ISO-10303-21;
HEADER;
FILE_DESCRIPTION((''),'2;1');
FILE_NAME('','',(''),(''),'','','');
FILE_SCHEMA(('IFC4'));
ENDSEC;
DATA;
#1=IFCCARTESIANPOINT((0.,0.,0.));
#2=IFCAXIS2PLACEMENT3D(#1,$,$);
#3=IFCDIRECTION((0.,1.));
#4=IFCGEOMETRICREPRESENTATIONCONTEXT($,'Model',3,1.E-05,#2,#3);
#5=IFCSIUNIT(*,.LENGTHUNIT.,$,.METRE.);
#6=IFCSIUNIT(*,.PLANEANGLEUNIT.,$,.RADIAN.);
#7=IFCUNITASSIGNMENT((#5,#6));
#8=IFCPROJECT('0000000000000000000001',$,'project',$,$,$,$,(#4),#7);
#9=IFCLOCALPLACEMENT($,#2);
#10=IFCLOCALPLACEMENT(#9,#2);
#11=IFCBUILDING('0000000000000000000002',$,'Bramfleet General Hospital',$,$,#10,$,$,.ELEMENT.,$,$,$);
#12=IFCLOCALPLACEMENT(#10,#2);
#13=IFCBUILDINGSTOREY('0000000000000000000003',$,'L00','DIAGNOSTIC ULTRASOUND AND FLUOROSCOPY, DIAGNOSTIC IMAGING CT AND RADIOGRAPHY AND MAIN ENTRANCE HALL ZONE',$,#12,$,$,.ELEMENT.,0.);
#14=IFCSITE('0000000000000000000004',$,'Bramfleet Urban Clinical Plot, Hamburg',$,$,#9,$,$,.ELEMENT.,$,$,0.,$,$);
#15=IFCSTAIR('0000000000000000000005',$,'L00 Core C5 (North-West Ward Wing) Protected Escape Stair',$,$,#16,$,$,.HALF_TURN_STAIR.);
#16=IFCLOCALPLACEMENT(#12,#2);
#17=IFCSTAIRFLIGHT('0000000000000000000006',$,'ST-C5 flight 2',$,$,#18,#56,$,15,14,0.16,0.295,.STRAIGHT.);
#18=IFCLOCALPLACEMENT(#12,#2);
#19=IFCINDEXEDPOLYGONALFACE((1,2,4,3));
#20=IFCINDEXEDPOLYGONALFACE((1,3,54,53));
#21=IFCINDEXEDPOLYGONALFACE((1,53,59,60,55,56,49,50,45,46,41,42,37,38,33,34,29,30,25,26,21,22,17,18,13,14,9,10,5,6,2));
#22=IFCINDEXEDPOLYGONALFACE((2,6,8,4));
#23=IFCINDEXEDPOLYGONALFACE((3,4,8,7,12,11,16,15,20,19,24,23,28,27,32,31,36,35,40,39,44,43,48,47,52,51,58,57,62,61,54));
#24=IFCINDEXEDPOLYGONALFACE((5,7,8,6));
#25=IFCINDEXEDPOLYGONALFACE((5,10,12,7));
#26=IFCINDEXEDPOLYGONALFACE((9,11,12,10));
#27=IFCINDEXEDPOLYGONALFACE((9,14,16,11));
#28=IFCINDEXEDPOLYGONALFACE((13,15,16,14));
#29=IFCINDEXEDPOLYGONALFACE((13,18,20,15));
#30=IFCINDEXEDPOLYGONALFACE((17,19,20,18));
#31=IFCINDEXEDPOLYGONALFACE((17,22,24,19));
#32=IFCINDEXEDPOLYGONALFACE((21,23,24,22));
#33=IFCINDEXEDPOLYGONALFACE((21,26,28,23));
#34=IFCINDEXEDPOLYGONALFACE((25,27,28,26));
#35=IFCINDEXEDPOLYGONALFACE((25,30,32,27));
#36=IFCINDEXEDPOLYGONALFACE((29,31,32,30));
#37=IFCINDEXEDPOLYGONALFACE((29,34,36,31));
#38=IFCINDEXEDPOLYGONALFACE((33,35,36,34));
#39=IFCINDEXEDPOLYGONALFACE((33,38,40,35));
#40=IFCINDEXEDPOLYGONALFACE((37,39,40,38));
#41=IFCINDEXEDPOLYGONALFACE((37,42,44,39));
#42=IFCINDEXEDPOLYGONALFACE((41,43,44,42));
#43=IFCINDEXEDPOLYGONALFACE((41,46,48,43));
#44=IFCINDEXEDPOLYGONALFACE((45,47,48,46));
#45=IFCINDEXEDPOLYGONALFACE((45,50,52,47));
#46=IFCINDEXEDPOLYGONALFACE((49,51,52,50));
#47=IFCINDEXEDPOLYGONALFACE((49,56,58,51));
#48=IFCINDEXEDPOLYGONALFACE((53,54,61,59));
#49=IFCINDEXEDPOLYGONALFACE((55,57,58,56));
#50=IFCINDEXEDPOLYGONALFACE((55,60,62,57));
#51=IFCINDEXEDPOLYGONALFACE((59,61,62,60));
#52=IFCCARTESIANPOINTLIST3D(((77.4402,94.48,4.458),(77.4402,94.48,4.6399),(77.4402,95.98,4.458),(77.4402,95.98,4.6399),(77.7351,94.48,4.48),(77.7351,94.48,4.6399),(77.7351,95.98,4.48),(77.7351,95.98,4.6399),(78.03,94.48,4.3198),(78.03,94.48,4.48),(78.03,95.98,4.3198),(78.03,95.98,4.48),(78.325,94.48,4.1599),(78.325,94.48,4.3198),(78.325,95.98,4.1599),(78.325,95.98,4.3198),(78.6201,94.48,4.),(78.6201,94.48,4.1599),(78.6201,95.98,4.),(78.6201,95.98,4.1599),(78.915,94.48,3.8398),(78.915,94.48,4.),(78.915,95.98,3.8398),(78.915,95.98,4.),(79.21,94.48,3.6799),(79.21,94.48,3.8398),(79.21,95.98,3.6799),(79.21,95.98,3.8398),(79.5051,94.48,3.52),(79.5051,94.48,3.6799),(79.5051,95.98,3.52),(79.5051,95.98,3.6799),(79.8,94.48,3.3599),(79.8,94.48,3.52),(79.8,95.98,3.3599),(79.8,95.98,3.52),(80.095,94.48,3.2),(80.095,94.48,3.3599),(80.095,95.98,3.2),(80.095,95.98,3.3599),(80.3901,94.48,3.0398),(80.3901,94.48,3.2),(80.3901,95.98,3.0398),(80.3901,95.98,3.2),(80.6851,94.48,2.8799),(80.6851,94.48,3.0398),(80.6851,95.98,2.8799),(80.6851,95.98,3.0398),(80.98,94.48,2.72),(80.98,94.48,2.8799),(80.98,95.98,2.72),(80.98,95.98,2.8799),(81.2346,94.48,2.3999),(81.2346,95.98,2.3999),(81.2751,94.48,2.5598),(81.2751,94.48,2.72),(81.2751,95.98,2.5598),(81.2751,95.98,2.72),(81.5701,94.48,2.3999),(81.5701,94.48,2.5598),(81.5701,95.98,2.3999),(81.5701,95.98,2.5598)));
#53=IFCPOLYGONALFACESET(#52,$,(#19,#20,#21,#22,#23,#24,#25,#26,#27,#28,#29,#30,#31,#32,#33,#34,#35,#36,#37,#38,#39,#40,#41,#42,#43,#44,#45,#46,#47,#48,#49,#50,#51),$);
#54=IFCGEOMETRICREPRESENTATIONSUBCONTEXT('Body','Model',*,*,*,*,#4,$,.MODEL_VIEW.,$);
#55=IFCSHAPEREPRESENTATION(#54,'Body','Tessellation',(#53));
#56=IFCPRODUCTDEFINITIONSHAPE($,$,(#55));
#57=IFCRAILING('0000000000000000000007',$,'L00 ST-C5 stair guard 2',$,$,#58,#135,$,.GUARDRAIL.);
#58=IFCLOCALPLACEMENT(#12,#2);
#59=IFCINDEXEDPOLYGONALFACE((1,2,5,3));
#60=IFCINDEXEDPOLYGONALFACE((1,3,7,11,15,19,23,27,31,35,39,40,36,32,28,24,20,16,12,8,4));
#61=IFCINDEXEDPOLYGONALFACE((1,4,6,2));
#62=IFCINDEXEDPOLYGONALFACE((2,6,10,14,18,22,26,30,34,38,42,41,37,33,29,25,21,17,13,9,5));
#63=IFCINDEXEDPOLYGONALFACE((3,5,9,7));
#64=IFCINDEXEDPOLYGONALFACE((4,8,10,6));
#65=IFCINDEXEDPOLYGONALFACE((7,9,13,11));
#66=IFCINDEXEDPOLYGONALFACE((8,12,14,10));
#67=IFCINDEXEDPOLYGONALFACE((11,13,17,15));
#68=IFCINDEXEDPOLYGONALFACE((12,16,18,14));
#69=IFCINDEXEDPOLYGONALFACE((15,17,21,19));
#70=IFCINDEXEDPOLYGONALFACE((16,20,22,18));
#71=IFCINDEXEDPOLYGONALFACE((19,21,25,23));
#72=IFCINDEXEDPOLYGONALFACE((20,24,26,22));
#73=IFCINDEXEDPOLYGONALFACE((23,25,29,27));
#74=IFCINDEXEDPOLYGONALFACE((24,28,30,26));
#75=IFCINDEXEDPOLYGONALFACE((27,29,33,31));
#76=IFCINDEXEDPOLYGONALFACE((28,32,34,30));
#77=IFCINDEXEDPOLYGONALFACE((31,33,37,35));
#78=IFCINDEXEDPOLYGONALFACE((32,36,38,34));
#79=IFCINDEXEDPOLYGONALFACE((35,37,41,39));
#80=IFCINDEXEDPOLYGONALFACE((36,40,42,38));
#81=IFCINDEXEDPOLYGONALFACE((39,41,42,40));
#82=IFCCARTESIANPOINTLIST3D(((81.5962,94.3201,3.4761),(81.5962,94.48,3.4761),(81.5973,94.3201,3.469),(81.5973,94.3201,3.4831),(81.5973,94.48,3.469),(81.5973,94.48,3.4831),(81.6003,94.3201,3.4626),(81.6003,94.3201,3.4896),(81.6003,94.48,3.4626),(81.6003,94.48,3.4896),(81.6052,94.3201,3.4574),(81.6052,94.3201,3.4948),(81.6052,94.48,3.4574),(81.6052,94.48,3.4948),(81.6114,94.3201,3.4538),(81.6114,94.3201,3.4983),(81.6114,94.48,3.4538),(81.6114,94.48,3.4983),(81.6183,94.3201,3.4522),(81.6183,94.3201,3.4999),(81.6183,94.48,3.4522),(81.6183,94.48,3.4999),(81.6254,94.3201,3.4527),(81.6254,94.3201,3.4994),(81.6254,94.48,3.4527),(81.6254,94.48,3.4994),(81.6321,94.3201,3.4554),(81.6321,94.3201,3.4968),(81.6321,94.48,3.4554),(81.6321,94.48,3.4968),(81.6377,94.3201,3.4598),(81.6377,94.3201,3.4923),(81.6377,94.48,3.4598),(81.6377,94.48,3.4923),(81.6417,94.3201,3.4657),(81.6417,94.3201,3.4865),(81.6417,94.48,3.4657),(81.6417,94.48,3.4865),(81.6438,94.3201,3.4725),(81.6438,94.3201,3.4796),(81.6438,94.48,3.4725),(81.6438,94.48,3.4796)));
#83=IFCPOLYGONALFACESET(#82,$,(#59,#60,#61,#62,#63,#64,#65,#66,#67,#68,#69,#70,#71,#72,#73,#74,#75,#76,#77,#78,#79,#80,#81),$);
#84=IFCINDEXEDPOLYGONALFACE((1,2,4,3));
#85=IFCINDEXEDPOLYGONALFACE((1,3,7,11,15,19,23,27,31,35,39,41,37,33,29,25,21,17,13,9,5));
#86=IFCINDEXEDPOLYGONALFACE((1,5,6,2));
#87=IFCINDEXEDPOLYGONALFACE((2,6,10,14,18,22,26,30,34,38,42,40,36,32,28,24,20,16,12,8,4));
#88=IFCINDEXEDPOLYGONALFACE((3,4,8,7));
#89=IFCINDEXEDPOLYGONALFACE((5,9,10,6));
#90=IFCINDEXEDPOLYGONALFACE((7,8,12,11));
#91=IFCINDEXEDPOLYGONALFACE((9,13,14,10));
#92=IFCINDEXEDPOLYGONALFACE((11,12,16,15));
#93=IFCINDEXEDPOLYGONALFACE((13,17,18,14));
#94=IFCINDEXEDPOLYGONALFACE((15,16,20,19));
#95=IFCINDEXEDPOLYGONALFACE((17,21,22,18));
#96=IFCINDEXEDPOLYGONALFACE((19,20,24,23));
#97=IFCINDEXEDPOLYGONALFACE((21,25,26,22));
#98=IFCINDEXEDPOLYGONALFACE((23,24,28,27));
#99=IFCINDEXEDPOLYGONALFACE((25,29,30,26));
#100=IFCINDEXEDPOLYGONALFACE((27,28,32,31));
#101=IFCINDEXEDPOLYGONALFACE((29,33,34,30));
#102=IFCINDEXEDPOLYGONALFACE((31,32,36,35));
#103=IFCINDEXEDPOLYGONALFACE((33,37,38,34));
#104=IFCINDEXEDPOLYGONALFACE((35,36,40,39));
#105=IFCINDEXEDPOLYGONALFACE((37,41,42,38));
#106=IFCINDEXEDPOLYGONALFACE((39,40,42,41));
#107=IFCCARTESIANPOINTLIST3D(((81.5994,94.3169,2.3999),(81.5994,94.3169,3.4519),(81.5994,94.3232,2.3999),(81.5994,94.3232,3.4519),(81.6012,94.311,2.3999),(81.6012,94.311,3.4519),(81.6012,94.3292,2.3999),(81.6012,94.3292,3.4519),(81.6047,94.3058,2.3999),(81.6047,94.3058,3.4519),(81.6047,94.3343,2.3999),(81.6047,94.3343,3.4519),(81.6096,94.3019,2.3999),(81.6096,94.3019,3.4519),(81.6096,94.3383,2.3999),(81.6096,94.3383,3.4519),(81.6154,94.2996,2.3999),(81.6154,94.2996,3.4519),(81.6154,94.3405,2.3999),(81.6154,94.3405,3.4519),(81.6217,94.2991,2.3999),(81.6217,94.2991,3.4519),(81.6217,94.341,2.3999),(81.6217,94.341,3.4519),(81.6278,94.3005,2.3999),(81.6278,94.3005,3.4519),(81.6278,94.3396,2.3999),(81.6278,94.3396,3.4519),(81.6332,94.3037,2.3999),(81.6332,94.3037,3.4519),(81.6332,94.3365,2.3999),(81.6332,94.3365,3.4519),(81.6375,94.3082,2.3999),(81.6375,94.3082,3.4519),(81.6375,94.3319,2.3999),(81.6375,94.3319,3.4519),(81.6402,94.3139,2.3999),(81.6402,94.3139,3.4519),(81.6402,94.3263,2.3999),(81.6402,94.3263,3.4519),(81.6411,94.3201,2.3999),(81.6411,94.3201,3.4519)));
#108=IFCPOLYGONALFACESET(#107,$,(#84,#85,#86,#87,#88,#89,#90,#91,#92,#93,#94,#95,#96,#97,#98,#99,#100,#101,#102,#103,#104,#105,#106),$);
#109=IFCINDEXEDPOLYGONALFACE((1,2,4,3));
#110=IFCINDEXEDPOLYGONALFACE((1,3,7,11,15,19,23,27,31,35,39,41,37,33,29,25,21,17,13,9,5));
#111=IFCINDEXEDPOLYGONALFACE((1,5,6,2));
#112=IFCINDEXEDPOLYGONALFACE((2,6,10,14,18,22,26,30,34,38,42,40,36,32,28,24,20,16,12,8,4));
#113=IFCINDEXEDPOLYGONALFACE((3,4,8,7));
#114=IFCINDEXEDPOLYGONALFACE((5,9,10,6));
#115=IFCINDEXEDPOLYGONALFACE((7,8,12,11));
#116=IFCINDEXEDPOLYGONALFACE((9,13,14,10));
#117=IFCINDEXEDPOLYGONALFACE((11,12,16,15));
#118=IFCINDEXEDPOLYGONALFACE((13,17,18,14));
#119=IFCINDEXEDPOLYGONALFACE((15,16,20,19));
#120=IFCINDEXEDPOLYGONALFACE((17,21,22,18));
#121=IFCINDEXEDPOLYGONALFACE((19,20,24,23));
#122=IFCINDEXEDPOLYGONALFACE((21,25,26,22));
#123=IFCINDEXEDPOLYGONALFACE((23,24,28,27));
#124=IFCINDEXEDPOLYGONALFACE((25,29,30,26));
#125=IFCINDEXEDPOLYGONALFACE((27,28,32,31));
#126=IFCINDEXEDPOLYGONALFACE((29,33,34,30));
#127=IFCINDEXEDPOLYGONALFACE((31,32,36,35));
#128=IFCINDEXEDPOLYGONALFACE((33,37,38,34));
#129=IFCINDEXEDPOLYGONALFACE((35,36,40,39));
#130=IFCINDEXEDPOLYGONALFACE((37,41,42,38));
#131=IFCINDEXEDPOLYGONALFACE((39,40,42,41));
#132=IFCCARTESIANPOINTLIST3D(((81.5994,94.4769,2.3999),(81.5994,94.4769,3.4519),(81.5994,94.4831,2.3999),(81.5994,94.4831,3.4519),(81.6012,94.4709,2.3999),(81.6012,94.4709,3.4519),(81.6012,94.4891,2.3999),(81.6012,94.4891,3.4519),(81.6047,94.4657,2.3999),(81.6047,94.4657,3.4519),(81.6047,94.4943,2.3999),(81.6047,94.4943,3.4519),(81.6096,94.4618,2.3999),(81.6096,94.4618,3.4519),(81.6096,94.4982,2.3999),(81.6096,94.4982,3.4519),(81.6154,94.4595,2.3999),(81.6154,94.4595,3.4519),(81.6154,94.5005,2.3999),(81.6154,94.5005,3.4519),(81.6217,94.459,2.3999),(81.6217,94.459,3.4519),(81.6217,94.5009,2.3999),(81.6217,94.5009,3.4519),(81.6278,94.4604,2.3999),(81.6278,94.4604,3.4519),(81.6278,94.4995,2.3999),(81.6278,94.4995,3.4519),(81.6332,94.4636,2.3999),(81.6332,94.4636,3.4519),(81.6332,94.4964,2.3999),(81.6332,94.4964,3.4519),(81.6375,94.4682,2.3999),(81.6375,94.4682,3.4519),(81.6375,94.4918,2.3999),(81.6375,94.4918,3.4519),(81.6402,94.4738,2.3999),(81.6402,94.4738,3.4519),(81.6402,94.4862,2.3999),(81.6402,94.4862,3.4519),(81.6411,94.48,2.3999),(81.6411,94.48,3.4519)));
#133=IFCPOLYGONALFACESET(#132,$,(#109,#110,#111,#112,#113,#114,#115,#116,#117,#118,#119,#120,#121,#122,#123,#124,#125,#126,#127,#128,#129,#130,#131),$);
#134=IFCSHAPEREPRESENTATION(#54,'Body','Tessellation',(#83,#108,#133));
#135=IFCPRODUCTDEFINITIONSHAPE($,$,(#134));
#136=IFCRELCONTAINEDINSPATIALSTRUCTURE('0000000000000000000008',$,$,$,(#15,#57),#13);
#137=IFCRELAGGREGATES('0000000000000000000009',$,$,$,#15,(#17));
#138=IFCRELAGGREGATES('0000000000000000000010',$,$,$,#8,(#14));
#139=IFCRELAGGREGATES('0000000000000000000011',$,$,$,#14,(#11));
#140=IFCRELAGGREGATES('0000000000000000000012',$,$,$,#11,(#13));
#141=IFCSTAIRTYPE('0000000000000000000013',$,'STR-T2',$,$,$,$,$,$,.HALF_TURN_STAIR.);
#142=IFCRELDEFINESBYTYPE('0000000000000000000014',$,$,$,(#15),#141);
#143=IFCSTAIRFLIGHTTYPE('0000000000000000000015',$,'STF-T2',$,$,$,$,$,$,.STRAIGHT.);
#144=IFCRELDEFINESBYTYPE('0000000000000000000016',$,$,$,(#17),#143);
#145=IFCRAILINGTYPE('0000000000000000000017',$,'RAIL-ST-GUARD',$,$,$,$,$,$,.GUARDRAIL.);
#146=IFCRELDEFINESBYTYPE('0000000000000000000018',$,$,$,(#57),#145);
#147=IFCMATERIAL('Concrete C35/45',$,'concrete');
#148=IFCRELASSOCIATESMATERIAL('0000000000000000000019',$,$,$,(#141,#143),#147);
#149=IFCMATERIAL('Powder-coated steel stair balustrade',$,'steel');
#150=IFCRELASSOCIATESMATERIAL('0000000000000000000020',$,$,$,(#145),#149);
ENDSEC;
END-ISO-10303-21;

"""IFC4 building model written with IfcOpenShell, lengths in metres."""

from ifc_helpers import new_model, si_unit, direction, frame, origin, origin_2d, place, context, subcontext, project, spatial, polyline, circle, outline, extrude, material, type_object, element, aggregate, save


model = new_model("IFC4")

# Units and contexts
model_context = context("Model", 3, precision=1e-05, world=origin(), true_north=direction((0.0, 1.0)))
body_context = subcontext(model_context, "Body", "Model", "MODEL_VIEW")
ifc_project = project(units=[si_unit("LENGTHUNIT", "METRE"), si_unit("PLANEANGLEUNIT", "RADIAN")], contexts=[model_context])

# Site, building, storey
site_placement = place(None, origin())
site = spatial("IfcSite", under=ifc_project, at=site_placement, Name="Bramfleet Urban Clinical Plot, Hamburg", CompositionType="ELEMENT", RefElevation=0.0)
building_placement = place(site_placement, origin())
building = spatial("IfcBuilding", under=site, at=building_placement, Name="Bramfleet General Hospital", CompositionType="ELEMENT")
storey_placement = place(building_placement, origin())
storey = spatial("IfcBuildingStorey", under=building, at=storey_placement, Name="L00", Description="DIAGNOSTIC ULTRASOUND AND FLUOROSCOPY, DIAGNOSTIC IMAGING CT AND RADIOGRAPHY AND MAIN ENTRANCE HALL ZONE", CompositionType="ELEMENT", Elevation=0.0)

# Shared definitions
ifc_material_1 = material(Name="Concrete C35/45", Category="concrete")

# Stair, stair flight
stair_type = type_object("IfcStairType", Name="STR-T2", PredefinedType="HALF_TURN_STAIR", material=ifc_material_1)
stair_placement = place(storey_placement, origin())
stair = element("IfcStair", 1, at=stair_placement, inside=storey, type_object=stair_type, Name="L00 Core C5 (North-West Ward Wing) Protected Escape Stair", PredefinedType="HALF_TURN_STAIR")
stair_flight_type = type_object("IfcStairFlightType", Name="STF-T2", PredefinedType="STRAIGHT", material=ifc_material_1)
stair_flight_placement = place(storey_placement, frame((81.5701, 95.23, 2.3999), z_axis=(0.0, 0.0, 1.0), x_axis=(-1.0, 0.0, 0.0)))
stair_flight = element("IfcStairFlight", 2, at=stair_flight_placement, type_object=stair_flight_type, Name="ST-C5 flight 2", NumberOfRisers=15, NumberOfTreads=14, PredefinedType="STRAIGHT", RiserHeight=0.16, TreadLength=0.295, context=body_context, shape_type="SweptSolid", body=[
    extrude(outline(polyline([(0.0, 0.0), (0.0, 0.1599), (0.2949, 0.1599), (0.2949, 0.3201), (0.5901, 0.3201), (0.5901, 0.48), (0.885, 0.48), (0.885, 0.6399), (1.1799, 0.6399), (1.1799, 0.8), (1.4751, 0.8), (1.4751, 0.96), (1.77, 0.96), (1.77, 1.1201), (2.0649, 1.1201), (2.0649, 1.28), (2.3601, 1.28), (2.3601, 1.4399), (2.655, 1.4399), (2.655, 1.6001), (2.95, 1.6001), (2.95, 1.76), (3.2451, 1.76), (3.2451, 1.9199), (3.54, 1.9199), (3.54, 2.0801), (3.835, 2.0801), (3.835, 2.24), (4.1299, 2.24), (4.1299, 2.3999), (4.1299, 2.0581), (0.3354, 0.0), (0.0, 0.0)])), frame((0.0, 0.75, 0.0), z_axis=(0.0, -1.0, 0.0), x_axis=(1.0, 0.0, 0.0)), (0.0, 0.0, 1.0), 1.5),
])
aggregate(stair, [stair_flight])

# Railing
ifc_material_2 = material(Name="Powder-coated steel stair balustrade", Category="steel")
railing_type_1 = type_object("IfcRailingType", Name="RAIL-ST-GUARD", PredefinedType="GUARDRAIL", material=ifc_material_2)
railing_1_placement = place(storey_placement, frame((81.6201, 94.3201, 2.3999)))
element("IfcRailing", 3, at=railing_1_placement, inside=storey, type_object=railing_type_1, Name="L00 ST-C5 stair guard 2", PredefinedType="GUARDRAIL", context=body_context, shape_type="SweptSolid", body=[
    extrude(circle(Radius=0.0239, at=origin_2d()), frame((0.0, 0.0, 1.0762), z_axis=(0.0, 1.0, 0.0), x_axis=(-1.0, 0.0, 0.0)), (0.0, 0.0, 1.0), 0.1599),
    extrude(circle(Radius=0.021, at=origin_2d()), origin(), (0.0, 0.0, 1.0), 1.052),
    extrude(circle(Radius=0.021, at=origin_2d()), frame((0.0, 0.1599, 0.0)), (0.0, 0.0, 1.0), 1.052),
])

save(model, "model.ifc")
